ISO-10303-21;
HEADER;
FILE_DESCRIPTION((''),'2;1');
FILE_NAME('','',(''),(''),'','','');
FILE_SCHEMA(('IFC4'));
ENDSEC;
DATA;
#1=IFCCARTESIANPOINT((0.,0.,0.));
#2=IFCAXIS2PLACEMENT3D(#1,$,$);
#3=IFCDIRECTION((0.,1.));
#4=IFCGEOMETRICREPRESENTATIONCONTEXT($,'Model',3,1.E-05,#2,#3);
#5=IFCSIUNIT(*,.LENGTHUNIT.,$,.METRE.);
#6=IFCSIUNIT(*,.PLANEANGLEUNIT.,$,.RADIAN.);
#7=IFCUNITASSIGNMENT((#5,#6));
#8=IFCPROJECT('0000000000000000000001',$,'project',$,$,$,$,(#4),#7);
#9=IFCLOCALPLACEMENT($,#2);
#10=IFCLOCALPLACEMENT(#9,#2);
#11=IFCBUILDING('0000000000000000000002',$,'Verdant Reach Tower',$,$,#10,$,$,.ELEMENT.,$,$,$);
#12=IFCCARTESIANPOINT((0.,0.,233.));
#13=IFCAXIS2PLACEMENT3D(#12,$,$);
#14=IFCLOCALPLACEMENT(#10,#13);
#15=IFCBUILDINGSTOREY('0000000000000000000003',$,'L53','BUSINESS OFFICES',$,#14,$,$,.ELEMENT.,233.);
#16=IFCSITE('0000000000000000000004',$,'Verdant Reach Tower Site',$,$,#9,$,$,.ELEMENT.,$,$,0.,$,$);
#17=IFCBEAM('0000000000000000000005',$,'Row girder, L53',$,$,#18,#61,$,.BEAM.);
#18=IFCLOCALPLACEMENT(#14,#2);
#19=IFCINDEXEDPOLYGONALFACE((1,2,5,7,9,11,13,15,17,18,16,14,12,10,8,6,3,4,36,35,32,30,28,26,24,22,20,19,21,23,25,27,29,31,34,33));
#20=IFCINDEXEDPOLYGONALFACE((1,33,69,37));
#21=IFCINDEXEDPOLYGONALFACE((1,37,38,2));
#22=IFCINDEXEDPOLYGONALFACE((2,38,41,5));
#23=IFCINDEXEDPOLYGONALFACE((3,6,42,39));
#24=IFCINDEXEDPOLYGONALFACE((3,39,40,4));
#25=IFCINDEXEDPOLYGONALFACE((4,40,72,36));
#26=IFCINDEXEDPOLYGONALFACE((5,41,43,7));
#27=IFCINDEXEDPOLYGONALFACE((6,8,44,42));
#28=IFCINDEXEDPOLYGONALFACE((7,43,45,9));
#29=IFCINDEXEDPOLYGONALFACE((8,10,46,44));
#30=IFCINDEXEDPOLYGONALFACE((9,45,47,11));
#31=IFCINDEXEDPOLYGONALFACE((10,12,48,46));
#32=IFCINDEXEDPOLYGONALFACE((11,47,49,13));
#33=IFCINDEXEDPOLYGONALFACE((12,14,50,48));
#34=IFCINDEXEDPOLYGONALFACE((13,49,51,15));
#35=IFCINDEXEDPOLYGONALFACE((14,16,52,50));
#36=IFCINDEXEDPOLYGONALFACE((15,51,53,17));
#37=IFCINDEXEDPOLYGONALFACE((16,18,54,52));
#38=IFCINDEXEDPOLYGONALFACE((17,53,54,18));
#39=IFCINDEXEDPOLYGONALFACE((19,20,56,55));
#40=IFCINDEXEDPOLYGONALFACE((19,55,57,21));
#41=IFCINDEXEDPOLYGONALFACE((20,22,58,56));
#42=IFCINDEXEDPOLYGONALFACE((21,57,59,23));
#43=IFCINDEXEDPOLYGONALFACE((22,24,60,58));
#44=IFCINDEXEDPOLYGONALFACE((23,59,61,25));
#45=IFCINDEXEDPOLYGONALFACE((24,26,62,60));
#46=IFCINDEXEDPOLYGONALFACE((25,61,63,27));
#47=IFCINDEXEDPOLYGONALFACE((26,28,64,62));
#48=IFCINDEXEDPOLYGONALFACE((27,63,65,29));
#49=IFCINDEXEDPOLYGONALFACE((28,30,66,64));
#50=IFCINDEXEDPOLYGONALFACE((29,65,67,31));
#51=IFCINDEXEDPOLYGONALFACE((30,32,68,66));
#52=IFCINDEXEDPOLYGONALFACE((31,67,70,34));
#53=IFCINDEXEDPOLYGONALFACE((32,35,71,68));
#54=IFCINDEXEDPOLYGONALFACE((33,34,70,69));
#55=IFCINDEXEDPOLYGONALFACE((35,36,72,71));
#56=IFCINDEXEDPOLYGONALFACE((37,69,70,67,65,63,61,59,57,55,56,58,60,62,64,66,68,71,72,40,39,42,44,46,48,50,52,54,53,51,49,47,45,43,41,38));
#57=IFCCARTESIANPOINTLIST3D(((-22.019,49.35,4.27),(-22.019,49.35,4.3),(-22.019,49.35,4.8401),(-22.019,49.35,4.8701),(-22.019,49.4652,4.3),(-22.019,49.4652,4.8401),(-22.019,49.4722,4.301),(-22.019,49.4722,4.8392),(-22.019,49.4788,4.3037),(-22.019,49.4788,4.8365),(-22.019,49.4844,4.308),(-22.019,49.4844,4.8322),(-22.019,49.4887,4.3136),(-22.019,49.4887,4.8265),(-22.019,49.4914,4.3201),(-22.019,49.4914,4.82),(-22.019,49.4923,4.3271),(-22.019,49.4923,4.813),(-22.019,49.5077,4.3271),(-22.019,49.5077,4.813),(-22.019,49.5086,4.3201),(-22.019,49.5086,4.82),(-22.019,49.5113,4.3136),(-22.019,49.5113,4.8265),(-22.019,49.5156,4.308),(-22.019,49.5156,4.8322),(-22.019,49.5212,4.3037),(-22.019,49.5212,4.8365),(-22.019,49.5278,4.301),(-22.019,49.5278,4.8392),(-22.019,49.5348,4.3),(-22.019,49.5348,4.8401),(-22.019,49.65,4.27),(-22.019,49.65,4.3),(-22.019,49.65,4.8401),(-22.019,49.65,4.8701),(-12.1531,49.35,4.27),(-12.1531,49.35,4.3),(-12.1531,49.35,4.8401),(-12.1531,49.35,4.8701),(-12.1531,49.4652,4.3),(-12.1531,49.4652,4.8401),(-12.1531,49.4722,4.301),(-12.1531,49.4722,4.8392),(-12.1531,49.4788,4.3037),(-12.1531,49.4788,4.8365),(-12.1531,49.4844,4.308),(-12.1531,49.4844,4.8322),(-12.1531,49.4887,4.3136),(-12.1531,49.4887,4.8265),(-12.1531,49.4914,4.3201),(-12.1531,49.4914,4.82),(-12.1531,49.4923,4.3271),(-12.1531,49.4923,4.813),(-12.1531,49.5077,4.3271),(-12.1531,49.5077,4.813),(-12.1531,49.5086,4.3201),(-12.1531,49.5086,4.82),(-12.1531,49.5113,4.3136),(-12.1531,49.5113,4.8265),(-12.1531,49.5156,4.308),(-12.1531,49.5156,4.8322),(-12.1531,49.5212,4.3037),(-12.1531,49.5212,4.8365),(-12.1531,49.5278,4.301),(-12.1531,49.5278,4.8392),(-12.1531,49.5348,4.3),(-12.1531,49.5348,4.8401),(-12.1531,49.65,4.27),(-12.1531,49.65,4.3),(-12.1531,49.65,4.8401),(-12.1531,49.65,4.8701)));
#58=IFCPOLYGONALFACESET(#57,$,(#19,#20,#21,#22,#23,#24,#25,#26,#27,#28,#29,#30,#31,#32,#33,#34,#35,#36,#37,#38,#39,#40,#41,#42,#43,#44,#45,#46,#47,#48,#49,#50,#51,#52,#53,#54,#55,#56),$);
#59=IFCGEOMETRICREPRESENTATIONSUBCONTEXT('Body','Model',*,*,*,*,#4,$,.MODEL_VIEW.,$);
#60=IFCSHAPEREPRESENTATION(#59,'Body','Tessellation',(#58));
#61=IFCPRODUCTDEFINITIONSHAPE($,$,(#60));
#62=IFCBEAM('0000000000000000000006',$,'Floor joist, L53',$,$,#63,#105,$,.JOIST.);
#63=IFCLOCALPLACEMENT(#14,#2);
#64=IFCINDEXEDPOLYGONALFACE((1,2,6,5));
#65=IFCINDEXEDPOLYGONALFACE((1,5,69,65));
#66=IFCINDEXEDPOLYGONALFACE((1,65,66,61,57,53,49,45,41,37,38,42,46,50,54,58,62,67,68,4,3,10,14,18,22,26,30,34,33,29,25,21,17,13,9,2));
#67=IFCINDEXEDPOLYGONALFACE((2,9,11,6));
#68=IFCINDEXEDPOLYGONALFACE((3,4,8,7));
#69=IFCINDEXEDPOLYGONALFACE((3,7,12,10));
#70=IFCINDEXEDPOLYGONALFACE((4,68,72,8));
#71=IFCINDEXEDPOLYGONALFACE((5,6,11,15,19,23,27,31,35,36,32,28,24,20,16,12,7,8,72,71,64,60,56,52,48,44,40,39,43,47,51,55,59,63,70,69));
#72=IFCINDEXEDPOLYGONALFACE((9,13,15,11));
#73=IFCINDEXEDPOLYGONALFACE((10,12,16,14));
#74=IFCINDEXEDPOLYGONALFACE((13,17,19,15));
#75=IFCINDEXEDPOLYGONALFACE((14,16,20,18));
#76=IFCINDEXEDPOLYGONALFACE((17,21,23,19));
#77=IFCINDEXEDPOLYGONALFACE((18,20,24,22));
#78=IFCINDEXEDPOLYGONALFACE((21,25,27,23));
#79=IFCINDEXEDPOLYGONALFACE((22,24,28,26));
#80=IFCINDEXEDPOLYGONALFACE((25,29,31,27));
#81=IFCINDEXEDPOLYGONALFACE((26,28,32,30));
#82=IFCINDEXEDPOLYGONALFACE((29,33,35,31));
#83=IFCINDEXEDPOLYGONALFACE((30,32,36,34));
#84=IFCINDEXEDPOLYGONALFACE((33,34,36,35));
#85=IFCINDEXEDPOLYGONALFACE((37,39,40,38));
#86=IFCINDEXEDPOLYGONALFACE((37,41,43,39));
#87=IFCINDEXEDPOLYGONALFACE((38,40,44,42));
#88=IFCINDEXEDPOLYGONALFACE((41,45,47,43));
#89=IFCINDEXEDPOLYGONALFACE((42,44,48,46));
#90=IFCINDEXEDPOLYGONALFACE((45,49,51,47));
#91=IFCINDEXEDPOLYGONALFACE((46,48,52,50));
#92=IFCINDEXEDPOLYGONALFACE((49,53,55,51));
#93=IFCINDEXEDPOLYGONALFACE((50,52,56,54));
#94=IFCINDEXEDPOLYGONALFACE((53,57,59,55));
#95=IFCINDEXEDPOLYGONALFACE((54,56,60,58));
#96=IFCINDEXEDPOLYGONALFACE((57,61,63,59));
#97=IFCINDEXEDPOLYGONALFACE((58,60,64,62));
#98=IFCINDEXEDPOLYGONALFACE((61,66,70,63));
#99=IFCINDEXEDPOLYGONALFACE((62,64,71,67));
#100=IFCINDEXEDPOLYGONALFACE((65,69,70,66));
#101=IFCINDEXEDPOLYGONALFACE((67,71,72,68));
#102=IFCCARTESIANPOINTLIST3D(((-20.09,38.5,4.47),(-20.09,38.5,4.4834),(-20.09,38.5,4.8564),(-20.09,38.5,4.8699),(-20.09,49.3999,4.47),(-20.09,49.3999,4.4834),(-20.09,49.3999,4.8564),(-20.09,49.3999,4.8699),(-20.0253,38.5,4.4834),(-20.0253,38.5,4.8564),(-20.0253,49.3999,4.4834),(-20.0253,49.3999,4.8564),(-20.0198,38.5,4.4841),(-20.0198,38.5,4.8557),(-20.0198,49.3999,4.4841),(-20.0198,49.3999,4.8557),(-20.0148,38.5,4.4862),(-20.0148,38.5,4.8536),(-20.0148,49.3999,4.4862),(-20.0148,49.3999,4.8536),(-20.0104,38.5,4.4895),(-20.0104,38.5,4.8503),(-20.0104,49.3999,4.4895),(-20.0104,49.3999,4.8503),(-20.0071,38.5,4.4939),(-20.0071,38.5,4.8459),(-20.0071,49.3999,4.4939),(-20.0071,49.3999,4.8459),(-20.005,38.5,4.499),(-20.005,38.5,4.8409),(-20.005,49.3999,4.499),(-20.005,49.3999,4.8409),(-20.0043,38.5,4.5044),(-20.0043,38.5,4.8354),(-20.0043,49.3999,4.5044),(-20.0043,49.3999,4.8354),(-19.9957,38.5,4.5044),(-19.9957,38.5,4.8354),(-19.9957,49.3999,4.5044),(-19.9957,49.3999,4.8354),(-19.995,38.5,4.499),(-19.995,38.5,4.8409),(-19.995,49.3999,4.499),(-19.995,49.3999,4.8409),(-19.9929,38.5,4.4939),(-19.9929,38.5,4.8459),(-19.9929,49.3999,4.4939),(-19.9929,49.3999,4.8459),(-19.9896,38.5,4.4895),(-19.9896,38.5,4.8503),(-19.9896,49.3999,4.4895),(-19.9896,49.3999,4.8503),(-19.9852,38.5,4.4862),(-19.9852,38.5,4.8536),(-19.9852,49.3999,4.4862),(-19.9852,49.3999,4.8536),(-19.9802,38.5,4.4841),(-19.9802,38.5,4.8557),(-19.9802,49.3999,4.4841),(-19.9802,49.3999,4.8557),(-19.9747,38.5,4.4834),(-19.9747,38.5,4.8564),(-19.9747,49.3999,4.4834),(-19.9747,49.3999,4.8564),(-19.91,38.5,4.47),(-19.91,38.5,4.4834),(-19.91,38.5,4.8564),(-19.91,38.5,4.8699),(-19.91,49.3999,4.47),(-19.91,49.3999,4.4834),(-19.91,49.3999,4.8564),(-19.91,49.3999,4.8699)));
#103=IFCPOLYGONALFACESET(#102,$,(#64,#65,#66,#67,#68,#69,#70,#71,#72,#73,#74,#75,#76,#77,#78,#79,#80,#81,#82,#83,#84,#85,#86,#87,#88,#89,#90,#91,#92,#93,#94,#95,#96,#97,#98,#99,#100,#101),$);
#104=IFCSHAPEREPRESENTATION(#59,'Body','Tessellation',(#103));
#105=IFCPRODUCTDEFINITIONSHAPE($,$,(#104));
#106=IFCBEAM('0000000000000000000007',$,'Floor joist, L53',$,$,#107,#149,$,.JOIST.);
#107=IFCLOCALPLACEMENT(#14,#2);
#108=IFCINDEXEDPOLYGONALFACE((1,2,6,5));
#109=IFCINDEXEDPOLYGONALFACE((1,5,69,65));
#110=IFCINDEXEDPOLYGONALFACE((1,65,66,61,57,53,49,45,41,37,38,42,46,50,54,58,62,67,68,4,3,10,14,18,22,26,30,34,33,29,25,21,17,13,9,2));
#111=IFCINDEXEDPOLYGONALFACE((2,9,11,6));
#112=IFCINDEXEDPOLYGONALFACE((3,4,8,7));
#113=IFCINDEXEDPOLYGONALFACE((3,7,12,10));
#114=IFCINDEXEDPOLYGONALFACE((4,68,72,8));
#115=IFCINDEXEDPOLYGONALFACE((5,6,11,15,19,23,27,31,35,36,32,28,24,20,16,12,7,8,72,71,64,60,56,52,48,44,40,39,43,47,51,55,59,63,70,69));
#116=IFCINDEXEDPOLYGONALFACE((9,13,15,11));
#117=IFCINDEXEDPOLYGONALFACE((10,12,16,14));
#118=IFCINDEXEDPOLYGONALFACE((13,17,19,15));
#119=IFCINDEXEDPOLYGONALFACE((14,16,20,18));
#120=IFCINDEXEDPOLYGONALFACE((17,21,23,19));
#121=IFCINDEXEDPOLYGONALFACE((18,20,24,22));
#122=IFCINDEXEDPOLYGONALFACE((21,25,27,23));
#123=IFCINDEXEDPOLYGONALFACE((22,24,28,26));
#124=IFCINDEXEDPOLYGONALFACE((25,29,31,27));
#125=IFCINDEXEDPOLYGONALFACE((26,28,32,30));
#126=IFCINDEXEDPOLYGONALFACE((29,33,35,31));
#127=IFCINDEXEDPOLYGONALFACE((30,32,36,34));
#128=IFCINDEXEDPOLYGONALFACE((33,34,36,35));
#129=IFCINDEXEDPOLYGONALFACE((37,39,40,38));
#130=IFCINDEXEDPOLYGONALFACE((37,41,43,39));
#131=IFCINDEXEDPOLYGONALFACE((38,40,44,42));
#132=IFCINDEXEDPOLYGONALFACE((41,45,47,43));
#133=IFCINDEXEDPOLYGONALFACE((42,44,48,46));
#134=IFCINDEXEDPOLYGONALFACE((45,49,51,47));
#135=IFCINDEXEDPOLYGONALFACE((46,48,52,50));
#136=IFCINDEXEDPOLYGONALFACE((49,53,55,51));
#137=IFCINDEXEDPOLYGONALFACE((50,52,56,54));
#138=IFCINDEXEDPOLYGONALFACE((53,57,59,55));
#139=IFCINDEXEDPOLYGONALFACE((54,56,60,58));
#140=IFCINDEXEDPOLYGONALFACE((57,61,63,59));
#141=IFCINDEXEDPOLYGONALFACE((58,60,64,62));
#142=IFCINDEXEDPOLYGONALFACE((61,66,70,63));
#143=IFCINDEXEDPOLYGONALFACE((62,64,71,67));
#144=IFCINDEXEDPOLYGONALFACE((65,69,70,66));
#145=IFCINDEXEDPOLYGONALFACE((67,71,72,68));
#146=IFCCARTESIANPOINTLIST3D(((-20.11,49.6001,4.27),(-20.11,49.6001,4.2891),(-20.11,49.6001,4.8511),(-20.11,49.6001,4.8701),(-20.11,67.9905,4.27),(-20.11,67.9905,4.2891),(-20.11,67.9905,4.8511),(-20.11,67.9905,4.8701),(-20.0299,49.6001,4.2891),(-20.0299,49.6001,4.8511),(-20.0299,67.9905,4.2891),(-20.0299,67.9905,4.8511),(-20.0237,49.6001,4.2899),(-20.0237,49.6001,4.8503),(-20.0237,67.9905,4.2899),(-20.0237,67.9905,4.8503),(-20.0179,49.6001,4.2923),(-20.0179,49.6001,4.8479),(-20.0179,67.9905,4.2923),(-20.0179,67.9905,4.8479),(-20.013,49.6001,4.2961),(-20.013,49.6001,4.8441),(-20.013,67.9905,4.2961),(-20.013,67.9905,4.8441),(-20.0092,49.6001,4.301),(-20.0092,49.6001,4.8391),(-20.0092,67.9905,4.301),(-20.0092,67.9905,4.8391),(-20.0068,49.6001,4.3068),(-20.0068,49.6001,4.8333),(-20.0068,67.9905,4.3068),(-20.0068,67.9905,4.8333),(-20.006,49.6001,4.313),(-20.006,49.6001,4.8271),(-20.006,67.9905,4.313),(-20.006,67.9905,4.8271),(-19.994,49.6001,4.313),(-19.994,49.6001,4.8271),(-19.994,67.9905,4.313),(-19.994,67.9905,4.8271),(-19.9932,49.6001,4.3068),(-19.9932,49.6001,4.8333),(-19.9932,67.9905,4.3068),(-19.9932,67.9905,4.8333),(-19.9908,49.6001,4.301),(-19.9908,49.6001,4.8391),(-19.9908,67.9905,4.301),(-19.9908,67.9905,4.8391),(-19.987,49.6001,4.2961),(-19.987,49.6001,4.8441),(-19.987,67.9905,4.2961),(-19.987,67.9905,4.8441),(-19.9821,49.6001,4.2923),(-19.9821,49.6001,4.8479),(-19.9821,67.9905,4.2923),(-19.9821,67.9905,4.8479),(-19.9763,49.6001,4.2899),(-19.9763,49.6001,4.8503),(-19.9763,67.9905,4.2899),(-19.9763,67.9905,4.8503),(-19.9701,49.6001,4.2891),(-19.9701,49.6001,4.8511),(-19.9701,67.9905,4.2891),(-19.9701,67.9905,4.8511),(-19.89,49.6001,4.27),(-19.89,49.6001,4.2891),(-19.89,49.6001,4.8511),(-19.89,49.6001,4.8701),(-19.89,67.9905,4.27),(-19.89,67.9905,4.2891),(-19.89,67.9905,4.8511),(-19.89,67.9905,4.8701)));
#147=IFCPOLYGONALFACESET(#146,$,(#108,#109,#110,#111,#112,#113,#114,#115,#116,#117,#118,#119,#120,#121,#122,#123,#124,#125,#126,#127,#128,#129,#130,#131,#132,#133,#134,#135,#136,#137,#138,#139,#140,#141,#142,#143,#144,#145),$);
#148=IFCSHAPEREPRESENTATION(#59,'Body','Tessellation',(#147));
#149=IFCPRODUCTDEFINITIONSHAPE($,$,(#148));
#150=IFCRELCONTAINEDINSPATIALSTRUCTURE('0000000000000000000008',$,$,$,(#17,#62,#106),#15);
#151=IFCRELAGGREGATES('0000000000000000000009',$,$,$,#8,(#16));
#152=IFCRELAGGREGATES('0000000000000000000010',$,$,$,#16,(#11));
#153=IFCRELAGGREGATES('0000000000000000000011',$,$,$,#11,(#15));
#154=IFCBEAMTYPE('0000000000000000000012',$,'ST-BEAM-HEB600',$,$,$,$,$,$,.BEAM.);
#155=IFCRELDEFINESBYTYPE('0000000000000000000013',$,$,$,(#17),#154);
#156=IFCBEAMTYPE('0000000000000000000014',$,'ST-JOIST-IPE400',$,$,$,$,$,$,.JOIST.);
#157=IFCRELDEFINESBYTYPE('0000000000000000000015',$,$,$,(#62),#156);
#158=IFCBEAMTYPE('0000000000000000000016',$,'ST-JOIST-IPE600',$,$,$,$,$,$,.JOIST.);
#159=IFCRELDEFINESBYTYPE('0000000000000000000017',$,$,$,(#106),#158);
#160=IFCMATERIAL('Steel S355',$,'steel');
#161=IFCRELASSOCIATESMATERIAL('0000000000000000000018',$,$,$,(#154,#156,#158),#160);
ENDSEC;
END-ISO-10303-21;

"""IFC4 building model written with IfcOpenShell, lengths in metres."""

from ifc_helpers import new_model, si_unit, direction, frame, origin, origin_2d, place, context, subcontext, project, spatial, i_section, extrude, material, material_profile, profile_set, type_object, element, save


model = new_model("IFC4")

# Units and contexts
model_context = context("Model", 3, precision=1e-05, world=origin(), true_north=direction((0.0, 1.0)))
body_context = subcontext(model_context, "Body", "Model", "MODEL_VIEW")
ifc_project = project(units=[si_unit("LENGTHUNIT", "METRE"), si_unit("PLANEANGLEUNIT", "RADIAN")], contexts=[model_context])

# Site, building, storey
site_placement = place(None, origin())
site = spatial("IfcSite", under=ifc_project, at=site_placement, Name="Verdant Reach Tower Site", CompositionType="ELEMENT", RefElevation=0.0)
building_placement = place(site_placement, origin())
building = spatial("IfcBuilding", under=site, at=building_placement, Name="Verdant Reach Tower", CompositionType="ELEMENT")
storey_placement = place(building_placement, frame((0.0, 0.0, 233.0)))
storey = spatial("IfcBuildingStorey", under=building, at=storey_placement, Name="L53", Description="BUSINESS OFFICES", CompositionType="ELEMENT", Elevation=233.0)

# Beams
ifc_material_1 = material(Name="Steel S355", Category="steel")
ifc_material_profile_1 = material_profile(ifc_material_1, i_section(OverallWidth=0.3, OverallDepth=0.6001, WebThickness=0.0154, FlangeThickness=0.03, FilletRadius=0.0271, at=origin_2d()), Name="HEB 600")
ifc_profile_set_1 = profile_set([ifc_material_profile_1], Name="Steel S355")
beam_type_1 = type_object("IfcBeamType", Name="ST-BEAM-HEB600", PredefinedType="BEAM", material=ifc_profile_set_1)
beam_1_placement = place(storey_placement, frame((-22.019, 49.5, 4.5701), z_axis=(1.0, 0.0, 0.0), x_axis=(0.0, 1.0, 0.0)))
element("IfcBeam", 1, at=beam_1_placement, inside=storey, type_object=beam_type_1, Name="Row girder, L53", PredefinedType="BEAM", context=body_context, shape_type="SweptSolid", body=[
    extrude(i_section(OverallWidth=0.3, OverallDepth=0.6001, WebThickness=0.0154, FlangeThickness=0.03, FilletRadius=0.0271, at=origin_2d()), origin(), (0.0, 0.0, 1.0), 9.866),
])
ifc_material_profile_2 = material_profile(ifc_material_1, i_section(OverallWidth=0.1799, OverallDepth=0.3999, WebThickness=0.0085, FlangeThickness=0.0134, FilletRadius=0.021, at=origin_2d()), Name="IPE 400")
ifc_profile_set_2 = profile_set([ifc_material_profile_2], Name="Steel S355")
beam_type_2 = type_object("IfcBeamType", Name="ST-JOIST-IPE400", PredefinedType="JOIST", material=ifc_profile_set_2)
beam_2_placement = place(storey_placement, frame((-20.0, 38.5, 4.6699), z_axis=(0.0, 1.0, 0.0), x_axis=(-1.0, 0.0, 0.0)))
element("IfcBeam", 2, at=beam_2_placement, inside=storey, type_object=beam_type_2, Name="Floor joist, L53", PredefinedType="JOIST", context=body_context, shape_type="SweptSolid", body=[
    extrude(i_section(OverallWidth=0.1799, OverallDepth=0.3999, WebThickness=0.0085, FlangeThickness=0.0134, FilletRadius=0.021, at=origin_2d()), origin(), (0.0, 0.0, 1.0), 10.8999),
])
ifc_material_profile_3 = material_profile(ifc_material_1, i_section(OverallWidth=0.22, OverallDepth=0.6001, WebThickness=0.012, FlangeThickness=0.019, FilletRadius=0.0239, at=origin_2d()), Name="IPE 600")
ifc_profile_set_3 = profile_set([ifc_material_profile_3], Name="Steel S355")
beam_type_3 = type_object("IfcBeamType", Name="ST-JOIST-IPE600", PredefinedType="JOIST", material=ifc_profile_set_3)
beam_3_placement = place(storey_placement, frame((-20.0, 49.6001, 4.5701), z_axis=(0.0, 1.0, 0.0), x_axis=(-1.0, 0.0, 0.0)))
element("IfcBeam", 3, at=beam_3_placement, inside=storey, type_object=beam_type_3, Name="Floor joist, L53", PredefinedType="JOIST", context=body_context, shape_type="SweptSolid", body=[
    extrude(i_section(OverallWidth=0.22, OverallDepth=0.6001, WebThickness=0.012, FlangeThickness=0.019, FilletRadius=0.0239, at=origin_2d()), origin(), (0.0, 0.0, 1.0), 18.3904),
])

save(model, "model.ifc")
